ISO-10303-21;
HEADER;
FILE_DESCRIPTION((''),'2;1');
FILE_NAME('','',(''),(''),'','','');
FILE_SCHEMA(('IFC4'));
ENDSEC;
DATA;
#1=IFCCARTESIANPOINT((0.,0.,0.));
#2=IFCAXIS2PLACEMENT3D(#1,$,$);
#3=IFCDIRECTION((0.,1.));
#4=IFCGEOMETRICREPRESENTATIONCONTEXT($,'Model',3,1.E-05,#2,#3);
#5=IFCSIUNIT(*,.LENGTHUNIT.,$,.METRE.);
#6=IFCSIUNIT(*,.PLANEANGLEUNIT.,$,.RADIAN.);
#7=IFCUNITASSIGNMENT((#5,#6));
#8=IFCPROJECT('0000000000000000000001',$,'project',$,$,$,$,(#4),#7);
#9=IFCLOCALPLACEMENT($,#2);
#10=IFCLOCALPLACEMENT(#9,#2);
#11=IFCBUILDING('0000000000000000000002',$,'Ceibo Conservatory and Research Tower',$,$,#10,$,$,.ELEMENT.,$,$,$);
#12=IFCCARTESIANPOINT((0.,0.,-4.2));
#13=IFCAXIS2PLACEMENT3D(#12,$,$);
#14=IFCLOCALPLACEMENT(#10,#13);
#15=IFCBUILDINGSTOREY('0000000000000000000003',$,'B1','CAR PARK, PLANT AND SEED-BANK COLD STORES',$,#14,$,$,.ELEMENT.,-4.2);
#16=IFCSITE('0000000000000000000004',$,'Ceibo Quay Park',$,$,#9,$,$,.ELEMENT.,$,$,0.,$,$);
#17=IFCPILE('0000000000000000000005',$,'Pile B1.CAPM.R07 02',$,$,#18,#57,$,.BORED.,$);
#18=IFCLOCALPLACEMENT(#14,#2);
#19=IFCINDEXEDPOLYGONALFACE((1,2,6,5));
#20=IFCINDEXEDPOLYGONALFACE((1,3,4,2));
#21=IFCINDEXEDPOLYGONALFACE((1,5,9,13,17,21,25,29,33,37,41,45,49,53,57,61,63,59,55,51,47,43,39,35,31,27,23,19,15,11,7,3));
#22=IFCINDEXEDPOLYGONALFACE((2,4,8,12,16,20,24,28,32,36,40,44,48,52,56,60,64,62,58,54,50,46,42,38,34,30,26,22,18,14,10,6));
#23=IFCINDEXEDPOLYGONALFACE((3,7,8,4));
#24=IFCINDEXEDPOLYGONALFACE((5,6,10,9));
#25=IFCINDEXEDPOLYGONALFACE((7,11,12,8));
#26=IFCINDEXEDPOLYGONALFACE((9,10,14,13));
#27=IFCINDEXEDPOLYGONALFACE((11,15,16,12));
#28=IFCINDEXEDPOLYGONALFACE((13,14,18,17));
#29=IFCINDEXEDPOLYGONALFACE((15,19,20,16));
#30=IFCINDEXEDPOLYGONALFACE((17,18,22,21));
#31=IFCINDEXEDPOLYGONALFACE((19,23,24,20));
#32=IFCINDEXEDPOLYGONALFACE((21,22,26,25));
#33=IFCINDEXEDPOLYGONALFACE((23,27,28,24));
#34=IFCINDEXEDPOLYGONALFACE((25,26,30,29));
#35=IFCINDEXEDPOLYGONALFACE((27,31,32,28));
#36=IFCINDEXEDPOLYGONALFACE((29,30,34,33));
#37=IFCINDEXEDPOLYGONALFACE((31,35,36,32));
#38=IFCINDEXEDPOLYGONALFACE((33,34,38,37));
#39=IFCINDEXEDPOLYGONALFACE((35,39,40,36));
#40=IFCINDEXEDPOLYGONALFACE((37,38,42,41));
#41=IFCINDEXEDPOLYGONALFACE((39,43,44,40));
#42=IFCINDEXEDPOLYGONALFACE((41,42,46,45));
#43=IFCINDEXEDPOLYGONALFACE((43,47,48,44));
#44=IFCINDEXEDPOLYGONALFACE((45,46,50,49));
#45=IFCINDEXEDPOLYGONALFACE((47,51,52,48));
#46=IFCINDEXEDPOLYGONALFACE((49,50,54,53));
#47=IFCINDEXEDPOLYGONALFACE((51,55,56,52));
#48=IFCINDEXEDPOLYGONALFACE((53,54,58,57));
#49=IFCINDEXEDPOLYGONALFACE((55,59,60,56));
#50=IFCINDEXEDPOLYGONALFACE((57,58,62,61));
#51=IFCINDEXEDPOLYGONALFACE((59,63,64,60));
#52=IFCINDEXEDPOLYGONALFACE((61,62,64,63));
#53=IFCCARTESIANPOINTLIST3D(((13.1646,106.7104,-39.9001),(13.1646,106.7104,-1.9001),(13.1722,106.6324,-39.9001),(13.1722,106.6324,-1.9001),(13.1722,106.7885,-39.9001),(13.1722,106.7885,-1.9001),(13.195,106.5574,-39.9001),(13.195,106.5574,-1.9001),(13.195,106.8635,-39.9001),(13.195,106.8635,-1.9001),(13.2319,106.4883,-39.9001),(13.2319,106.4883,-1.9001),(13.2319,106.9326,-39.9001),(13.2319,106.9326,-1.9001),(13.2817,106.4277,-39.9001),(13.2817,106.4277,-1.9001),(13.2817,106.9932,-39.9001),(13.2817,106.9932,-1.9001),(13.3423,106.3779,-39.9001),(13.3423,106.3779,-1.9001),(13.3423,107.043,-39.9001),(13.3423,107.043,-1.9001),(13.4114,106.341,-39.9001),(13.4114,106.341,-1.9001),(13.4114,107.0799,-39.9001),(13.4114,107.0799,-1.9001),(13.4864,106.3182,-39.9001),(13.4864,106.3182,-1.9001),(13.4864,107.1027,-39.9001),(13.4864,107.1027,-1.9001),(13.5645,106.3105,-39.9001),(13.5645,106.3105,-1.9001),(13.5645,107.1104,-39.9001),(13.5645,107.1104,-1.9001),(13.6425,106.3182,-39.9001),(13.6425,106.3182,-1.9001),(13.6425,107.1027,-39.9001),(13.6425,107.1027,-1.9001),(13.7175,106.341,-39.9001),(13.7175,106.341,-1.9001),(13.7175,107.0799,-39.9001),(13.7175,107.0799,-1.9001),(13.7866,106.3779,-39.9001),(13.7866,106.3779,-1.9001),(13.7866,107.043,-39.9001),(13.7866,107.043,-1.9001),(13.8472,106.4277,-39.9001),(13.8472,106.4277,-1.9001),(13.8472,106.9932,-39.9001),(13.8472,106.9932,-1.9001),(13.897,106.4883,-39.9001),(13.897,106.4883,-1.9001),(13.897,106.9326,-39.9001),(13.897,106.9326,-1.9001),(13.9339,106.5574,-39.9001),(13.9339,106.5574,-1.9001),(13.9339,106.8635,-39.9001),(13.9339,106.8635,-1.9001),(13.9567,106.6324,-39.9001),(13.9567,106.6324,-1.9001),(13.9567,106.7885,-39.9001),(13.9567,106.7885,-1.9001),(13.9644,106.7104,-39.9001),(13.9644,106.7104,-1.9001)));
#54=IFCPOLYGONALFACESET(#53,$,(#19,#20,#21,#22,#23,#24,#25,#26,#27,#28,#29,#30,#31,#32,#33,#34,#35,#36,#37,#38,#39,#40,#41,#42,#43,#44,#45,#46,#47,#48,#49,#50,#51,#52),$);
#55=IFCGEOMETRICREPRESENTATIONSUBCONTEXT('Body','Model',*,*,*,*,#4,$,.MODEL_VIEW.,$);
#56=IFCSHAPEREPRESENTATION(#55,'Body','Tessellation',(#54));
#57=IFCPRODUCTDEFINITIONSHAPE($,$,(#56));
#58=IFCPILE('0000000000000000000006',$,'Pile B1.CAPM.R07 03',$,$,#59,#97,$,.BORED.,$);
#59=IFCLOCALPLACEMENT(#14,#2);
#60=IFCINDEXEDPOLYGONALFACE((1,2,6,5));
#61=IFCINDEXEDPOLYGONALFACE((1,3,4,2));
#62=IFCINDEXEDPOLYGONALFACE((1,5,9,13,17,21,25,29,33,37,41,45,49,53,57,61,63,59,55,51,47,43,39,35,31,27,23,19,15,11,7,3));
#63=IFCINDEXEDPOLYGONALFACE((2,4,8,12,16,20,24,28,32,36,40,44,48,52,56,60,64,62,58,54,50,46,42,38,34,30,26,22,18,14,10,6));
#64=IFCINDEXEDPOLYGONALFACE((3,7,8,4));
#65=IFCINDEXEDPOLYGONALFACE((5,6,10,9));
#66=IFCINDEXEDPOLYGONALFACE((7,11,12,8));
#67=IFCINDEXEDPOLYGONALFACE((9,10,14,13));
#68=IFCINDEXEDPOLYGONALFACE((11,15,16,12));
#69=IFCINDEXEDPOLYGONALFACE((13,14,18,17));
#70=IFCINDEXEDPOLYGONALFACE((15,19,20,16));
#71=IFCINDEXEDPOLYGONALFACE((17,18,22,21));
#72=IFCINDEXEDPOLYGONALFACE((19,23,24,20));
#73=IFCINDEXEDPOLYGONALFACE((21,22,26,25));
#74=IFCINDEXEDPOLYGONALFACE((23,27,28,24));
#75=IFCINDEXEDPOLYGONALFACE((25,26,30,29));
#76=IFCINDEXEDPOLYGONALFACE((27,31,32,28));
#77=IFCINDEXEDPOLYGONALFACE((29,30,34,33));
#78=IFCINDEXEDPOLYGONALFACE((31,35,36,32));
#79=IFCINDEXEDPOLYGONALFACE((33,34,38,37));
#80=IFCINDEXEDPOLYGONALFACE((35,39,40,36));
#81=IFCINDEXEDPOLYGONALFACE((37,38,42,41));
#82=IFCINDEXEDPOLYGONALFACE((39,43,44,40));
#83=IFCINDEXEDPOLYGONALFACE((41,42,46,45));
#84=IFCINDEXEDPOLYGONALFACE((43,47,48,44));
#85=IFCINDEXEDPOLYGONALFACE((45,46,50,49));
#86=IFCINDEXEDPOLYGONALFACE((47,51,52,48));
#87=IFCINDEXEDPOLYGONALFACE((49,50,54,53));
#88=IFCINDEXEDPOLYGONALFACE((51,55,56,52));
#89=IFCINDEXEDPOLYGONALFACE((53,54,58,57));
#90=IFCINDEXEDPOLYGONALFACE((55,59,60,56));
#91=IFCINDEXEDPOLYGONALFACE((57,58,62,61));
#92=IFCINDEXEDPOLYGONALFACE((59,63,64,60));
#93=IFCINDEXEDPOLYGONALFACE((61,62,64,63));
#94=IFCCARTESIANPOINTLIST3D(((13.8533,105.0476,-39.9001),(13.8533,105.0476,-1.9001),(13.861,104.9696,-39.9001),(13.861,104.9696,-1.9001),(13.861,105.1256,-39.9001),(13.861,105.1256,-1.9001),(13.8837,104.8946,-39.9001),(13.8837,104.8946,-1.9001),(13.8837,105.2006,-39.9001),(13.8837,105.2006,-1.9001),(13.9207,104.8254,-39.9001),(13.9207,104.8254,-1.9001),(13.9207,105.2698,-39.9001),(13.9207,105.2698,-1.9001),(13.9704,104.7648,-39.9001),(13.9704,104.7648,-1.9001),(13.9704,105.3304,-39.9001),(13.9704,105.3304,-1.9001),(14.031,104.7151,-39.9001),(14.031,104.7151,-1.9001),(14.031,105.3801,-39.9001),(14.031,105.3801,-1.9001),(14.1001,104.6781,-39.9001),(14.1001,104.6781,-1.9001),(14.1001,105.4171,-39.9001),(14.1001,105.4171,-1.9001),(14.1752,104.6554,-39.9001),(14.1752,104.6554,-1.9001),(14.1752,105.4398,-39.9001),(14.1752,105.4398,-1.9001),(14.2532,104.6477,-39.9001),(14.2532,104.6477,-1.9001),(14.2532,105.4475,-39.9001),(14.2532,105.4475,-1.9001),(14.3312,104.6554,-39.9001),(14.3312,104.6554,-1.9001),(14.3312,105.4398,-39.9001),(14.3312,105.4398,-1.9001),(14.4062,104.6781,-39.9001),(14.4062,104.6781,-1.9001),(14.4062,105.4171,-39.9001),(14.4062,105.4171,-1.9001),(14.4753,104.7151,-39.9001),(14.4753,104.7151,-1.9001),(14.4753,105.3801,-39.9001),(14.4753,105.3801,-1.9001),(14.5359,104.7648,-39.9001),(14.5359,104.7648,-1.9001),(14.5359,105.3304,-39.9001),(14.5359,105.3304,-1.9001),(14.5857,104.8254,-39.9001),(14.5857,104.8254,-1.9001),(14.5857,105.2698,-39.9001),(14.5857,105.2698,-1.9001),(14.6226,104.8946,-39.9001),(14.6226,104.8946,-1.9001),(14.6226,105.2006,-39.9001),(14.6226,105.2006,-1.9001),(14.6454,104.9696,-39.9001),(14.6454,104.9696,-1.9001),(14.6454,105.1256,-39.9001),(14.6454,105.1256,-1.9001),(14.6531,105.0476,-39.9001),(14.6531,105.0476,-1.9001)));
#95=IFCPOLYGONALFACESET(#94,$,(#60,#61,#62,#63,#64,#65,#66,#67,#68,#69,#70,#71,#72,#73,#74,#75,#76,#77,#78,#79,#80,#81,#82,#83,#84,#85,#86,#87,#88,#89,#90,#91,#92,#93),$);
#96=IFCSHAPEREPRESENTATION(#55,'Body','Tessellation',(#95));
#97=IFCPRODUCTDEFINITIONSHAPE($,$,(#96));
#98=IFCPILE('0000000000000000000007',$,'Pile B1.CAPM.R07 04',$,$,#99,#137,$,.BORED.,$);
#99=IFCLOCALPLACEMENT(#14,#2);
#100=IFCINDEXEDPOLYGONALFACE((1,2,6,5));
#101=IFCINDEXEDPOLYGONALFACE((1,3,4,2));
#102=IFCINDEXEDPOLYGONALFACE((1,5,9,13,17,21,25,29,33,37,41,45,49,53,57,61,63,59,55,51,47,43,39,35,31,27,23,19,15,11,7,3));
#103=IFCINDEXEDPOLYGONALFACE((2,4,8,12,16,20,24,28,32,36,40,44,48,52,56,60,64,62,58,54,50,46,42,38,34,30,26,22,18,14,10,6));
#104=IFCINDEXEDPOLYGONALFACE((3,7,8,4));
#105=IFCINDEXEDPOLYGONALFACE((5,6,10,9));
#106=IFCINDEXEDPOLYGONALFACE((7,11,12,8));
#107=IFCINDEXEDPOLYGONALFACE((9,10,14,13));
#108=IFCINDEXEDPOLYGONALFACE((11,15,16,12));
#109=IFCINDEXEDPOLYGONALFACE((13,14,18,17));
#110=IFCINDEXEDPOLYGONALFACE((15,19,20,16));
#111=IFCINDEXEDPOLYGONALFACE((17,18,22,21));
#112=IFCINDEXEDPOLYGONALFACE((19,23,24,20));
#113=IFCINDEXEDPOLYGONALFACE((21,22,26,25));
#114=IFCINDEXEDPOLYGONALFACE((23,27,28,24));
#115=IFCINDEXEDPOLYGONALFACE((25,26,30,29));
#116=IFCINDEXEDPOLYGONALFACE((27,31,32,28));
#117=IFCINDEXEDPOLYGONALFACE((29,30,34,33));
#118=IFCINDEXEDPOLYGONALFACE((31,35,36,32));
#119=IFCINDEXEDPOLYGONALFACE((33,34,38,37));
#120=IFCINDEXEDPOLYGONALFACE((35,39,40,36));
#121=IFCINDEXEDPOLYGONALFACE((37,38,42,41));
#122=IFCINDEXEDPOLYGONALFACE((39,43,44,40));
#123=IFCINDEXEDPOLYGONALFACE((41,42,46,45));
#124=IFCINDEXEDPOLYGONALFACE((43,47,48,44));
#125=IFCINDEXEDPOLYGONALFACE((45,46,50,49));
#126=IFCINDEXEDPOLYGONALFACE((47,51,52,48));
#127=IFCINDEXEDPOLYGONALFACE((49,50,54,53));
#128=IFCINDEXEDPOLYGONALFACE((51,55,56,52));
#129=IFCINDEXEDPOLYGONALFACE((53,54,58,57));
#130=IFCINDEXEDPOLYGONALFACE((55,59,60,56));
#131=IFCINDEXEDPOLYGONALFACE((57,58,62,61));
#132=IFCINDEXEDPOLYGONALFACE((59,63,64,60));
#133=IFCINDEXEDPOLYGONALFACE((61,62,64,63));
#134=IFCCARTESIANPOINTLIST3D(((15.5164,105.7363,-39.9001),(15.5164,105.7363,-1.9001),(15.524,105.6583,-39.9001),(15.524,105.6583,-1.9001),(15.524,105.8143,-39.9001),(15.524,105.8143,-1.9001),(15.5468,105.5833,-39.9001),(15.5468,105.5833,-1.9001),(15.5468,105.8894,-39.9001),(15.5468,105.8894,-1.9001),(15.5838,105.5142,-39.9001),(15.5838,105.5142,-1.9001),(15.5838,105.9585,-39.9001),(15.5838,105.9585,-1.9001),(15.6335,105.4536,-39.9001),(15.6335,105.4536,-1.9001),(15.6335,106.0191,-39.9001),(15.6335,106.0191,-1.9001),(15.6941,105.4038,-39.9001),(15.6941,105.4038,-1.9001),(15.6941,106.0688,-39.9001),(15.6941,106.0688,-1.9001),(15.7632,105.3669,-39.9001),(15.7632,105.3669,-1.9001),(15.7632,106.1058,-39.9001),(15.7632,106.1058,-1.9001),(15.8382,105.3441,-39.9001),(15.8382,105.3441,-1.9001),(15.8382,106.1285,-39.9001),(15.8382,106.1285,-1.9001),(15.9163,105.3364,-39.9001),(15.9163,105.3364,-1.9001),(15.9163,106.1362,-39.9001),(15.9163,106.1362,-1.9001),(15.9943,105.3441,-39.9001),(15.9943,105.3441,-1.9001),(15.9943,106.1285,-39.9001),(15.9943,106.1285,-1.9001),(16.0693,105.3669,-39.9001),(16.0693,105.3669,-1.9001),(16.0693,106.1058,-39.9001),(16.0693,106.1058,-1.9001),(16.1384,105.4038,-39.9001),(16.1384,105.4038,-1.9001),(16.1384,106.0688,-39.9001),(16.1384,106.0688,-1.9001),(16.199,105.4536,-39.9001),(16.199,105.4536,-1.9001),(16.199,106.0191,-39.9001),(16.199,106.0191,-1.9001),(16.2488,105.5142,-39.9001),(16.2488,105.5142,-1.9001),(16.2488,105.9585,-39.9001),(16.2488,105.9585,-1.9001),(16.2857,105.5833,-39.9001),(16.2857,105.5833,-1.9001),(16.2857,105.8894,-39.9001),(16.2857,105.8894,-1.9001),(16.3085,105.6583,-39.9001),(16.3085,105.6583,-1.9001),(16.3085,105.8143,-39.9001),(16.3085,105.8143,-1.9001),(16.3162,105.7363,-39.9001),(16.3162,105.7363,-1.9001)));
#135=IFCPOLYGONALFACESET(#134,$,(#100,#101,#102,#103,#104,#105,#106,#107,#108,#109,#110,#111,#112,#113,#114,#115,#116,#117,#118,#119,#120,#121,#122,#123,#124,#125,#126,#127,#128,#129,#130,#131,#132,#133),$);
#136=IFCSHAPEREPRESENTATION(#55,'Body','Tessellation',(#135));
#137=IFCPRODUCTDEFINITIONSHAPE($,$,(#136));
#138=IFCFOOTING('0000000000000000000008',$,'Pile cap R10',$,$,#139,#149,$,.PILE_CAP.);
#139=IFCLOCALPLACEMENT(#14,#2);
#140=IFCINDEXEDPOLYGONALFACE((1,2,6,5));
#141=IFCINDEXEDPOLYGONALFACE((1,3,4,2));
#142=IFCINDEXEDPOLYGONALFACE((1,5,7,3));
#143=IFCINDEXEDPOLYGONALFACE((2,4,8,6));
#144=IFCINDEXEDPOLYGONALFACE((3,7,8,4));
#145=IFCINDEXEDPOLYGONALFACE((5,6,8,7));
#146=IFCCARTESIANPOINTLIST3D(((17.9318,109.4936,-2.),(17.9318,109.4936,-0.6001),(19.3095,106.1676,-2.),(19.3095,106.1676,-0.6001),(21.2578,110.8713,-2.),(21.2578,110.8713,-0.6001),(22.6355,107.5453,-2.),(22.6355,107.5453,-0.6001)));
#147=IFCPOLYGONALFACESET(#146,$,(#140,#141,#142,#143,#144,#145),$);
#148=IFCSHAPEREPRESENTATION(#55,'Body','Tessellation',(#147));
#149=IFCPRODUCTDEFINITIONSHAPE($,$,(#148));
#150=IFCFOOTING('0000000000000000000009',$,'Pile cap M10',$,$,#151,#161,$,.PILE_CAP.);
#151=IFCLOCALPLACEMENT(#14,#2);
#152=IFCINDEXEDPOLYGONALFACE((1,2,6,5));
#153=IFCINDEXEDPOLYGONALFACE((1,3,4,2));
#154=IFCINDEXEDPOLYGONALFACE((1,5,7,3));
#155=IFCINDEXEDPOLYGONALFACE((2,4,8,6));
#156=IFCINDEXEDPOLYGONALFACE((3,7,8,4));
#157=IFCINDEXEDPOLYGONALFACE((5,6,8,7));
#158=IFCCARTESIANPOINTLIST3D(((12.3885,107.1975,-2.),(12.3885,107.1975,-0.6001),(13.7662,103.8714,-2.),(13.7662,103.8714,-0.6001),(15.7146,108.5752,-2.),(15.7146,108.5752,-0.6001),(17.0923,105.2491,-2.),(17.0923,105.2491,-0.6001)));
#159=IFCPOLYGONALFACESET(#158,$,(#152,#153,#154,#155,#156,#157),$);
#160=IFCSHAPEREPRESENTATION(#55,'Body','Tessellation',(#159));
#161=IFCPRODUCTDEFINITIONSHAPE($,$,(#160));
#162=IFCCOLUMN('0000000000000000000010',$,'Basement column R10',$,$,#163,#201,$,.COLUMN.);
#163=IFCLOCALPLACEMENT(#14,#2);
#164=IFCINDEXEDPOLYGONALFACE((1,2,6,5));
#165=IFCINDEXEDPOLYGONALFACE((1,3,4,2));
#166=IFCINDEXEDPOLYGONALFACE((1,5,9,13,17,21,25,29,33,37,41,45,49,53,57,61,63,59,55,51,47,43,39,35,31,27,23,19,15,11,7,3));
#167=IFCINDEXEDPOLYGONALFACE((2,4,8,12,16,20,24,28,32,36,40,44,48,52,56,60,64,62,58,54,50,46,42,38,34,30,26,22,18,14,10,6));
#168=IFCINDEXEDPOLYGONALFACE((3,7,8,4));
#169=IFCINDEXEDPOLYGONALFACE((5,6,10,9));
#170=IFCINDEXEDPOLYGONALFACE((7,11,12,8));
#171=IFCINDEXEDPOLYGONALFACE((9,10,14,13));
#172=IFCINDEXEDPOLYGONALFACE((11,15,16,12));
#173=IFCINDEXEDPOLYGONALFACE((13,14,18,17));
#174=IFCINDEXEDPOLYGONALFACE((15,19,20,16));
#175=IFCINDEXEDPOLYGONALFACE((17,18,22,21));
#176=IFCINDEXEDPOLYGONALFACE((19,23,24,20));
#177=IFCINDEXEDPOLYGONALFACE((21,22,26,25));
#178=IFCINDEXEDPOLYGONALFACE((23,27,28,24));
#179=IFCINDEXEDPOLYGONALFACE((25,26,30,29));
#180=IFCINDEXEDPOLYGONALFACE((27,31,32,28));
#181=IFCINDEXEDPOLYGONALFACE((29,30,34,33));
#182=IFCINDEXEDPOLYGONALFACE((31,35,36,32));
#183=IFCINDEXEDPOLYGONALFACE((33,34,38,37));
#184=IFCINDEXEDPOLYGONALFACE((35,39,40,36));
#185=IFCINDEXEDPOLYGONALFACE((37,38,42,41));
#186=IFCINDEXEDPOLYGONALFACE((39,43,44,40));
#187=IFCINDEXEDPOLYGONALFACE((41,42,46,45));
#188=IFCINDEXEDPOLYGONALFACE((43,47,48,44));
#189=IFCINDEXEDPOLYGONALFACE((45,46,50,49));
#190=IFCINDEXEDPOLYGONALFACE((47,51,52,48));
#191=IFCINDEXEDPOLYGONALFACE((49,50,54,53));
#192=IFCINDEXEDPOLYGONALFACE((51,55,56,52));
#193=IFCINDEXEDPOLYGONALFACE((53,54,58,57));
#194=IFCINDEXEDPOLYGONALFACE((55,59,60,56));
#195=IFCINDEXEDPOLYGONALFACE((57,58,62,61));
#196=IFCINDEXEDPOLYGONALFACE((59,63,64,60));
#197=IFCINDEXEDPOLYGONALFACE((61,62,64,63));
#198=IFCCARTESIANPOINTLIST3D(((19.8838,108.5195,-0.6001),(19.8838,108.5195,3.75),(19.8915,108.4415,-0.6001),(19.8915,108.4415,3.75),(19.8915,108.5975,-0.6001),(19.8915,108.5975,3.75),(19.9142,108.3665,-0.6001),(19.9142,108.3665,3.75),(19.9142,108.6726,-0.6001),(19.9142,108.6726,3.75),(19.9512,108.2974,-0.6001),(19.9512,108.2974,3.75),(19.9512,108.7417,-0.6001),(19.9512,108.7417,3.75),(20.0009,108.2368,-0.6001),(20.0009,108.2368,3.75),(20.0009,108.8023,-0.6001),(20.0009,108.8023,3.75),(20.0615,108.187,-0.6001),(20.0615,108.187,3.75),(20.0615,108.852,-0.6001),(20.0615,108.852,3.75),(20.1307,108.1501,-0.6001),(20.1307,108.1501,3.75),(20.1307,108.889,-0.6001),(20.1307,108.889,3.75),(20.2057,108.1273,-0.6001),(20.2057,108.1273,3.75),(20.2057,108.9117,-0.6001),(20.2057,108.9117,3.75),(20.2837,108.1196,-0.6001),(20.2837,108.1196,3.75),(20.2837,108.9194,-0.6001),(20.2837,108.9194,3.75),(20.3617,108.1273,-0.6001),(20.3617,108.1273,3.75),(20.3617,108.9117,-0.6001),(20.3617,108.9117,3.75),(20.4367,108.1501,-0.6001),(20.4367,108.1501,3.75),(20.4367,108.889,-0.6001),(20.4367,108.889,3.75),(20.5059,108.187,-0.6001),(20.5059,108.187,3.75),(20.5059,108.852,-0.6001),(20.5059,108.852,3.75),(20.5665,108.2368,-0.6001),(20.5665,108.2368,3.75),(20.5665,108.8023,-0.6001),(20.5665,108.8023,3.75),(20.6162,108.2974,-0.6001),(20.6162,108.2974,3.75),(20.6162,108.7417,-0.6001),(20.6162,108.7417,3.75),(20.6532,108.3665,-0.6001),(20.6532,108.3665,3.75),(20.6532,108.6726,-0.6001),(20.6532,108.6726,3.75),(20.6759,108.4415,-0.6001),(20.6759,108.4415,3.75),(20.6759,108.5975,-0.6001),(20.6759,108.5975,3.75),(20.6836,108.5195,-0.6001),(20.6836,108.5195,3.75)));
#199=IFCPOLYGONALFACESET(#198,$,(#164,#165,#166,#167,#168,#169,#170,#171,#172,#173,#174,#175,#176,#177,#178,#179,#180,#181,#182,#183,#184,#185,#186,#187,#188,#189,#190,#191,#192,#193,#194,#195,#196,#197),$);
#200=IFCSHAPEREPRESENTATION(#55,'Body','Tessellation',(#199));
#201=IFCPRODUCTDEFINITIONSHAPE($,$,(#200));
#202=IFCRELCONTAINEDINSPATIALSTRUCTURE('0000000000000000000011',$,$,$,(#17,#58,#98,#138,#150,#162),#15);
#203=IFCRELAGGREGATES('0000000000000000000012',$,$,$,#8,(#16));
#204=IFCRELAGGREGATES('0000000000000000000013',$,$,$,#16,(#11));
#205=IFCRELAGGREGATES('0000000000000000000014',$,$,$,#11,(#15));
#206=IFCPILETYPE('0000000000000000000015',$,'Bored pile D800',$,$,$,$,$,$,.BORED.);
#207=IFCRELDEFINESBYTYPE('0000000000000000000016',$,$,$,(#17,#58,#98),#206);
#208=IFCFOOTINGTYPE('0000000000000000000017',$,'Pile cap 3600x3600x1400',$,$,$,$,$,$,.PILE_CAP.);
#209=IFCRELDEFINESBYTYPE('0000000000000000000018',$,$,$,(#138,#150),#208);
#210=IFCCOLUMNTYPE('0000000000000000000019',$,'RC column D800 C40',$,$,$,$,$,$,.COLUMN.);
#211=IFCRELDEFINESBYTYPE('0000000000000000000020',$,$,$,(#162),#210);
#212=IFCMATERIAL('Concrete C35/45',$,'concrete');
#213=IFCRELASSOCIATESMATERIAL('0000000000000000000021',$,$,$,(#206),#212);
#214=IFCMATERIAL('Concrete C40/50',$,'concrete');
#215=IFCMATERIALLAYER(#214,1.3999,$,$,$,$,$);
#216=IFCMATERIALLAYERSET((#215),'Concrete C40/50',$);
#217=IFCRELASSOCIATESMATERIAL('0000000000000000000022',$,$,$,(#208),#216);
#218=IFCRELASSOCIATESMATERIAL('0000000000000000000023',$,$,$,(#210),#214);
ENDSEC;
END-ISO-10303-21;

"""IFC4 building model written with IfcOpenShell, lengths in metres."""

from ifc_helpers import new_model, si_unit, direction, frame, origin, origin_2d, place, context, subcontext, project, spatial, polyline, circle, outline, extrude, material, layer, layer_set, material_profile, profile_set, type_object, element, save


model = new_model("IFC4")

# Units and contexts
model_context = context("Model", 3, precision=1e-05, world=origin(), true_north=direction((0.0, 1.0)))
body_context = subcontext(model_context, "Body", "Model", "MODEL_VIEW")
ifc_project = project(units=[si_unit("LENGTHUNIT", "METRE"), si_unit("PLANEANGLEUNIT", "RADIAN")], contexts=[model_context])

# Site, building, storey
site_placement = place(None, origin())
site = spatial("IfcSite", under=ifc_project, at=site_placement, Name="Ceibo Quay Park", CompositionType="ELEMENT", RefElevation=0.0)
building_placement = place(site_placement, origin())
building = spatial("IfcBuilding", under=site, at=building_placement, Name="Ceibo Conservatory and Research Tower", CompositionType="ELEMENT")
storey_placement = place(building_placement, frame((0.0, 0.0, -4.2)))
storey = spatial("IfcBuildingStorey", under=building, at=storey_placement, Name="B1", Description="CAR PARK, PLANT AND SEED-BANK COLD STORES", CompositionType="ELEMENT", Elevation=-4.2)

# Piles
ifc_material_1 = material(Name="Concrete C35/45", Category="concrete")
ifc_material_profile_1 = material_profile(ifc_material_1, circle(Radius=0.3999, at=origin_2d()), Name="RC D800")
ifc_profile_set_1 = profile_set([ifc_material_profile_1], Name="Concrete C35/45")
pile_type_1 = type_object("IfcPileType", Name="Bored pile D800", PredefinedType="BORED", material=ifc_profile_set_1)
for number, where, z_axis, x_axis, name in (
    (1, (13.5645, 106.7104, -1.9001), (0.0, 0.0, -1.0), (1.0, 0.0, 0.0), "Pile B1.CAPM.R07 02"),
    (2, (14.2532, 105.0476, -1.9001), (0.0, 0.0, -1.0), (1.0, 0.0, 0.0), "Pile B1.CAPM.R07 03"),
    (3, (15.9163, 105.7363, -1.9001), (0.0, 0.0, -1.0), (1.0, 0.0, 0.0), "Pile B1.CAPM.R07 04"),
):
    element("IfcPile", number, at=place(storey_placement, frame(where, z_axis=z_axis, x_axis=x_axis)), inside=storey, type_object=pile_type_1, Name=name, PredefinedType="BORED", context=body_context, shape_type="SweptSolid", body=[
        extrude(circle(Radius=0.3999, at=origin_2d()), origin(), (0.0, 0.0, 1.0), 38.0),
    ])

# Footings
ifc_material_2 = material(Name="Concrete C40/50", Category="concrete")
ifc_layer_1 = layer(ifc_material_2, 1.3999)
ifc_layer_set_1 = layer_set([ifc_layer_1], Name="Concrete C40/50")
footing_type = type_object("IfcFootingType", Name="Pile cap 3600x3600x1400", PredefinedType="PILE_CAP", material=ifc_layer_set_1)
for number, where, z_axis, x_axis, name in (
    (4, (21.2578, 110.8713, -2.0), (0.0, 0.0, 1.0), (-0.92388, -0.382683, 0.0), "Pile cap R10"),
    (5, (15.7146, 108.5752, -2.0), (0.0, 0.0, 1.0), (-0.92388, -0.382683, 0.0), "Pile cap M10"),
):
    element("IfcFooting", number, at=place(storey_placement, frame(where, z_axis=z_axis, x_axis=x_axis)), inside=storey, type_object=footing_type, Name=name, PredefinedType="PILE_CAP", context=body_context, shape_type="SweptSolid", body=[
        extrude(outline(polyline([(0.0, 0.0), (3.6001, 0.0), (3.6001, 3.6001), (0.0, 3.6001), (0.0, 0.0)])), origin(), (0.0, 0.0, 1.0), 1.3999),
    ])

# Column
ifc_material_profile_2 = material_profile(ifc_material_2, circle(Radius=0.3999, at=origin_2d()), Name="RC D800")
ifc_profile_set_2 = profile_set([ifc_material_profile_2], Name="Concrete C40/50")
column_type = type_object("IfcColumnType", Name="RC column D800 C40", PredefinedType="COLUMN", material=ifc_profile_set_2)
for number, where, z_axis, x_axis, name in (
    (6, (20.2837, 108.5195, -0.6001), (0.0, 0.0, 1.0), (1.0, 0.0, 0.0), "Basement column R10"),
):
    element("IfcColumn", number, at=place(storey_placement, frame(where, z_axis=z_axis, x_axis=x_axis)), inside=storey, type_object=column_type, Name=name, PredefinedType="COLUMN", context=body_context, shape_type="SweptSolid", body=[
        extrude(circle(Radius=0.3999, at=origin_2d()), origin(), (0.0, 0.0, 1.0), 4.3501),
    ])

save(model, "model.ifc")
